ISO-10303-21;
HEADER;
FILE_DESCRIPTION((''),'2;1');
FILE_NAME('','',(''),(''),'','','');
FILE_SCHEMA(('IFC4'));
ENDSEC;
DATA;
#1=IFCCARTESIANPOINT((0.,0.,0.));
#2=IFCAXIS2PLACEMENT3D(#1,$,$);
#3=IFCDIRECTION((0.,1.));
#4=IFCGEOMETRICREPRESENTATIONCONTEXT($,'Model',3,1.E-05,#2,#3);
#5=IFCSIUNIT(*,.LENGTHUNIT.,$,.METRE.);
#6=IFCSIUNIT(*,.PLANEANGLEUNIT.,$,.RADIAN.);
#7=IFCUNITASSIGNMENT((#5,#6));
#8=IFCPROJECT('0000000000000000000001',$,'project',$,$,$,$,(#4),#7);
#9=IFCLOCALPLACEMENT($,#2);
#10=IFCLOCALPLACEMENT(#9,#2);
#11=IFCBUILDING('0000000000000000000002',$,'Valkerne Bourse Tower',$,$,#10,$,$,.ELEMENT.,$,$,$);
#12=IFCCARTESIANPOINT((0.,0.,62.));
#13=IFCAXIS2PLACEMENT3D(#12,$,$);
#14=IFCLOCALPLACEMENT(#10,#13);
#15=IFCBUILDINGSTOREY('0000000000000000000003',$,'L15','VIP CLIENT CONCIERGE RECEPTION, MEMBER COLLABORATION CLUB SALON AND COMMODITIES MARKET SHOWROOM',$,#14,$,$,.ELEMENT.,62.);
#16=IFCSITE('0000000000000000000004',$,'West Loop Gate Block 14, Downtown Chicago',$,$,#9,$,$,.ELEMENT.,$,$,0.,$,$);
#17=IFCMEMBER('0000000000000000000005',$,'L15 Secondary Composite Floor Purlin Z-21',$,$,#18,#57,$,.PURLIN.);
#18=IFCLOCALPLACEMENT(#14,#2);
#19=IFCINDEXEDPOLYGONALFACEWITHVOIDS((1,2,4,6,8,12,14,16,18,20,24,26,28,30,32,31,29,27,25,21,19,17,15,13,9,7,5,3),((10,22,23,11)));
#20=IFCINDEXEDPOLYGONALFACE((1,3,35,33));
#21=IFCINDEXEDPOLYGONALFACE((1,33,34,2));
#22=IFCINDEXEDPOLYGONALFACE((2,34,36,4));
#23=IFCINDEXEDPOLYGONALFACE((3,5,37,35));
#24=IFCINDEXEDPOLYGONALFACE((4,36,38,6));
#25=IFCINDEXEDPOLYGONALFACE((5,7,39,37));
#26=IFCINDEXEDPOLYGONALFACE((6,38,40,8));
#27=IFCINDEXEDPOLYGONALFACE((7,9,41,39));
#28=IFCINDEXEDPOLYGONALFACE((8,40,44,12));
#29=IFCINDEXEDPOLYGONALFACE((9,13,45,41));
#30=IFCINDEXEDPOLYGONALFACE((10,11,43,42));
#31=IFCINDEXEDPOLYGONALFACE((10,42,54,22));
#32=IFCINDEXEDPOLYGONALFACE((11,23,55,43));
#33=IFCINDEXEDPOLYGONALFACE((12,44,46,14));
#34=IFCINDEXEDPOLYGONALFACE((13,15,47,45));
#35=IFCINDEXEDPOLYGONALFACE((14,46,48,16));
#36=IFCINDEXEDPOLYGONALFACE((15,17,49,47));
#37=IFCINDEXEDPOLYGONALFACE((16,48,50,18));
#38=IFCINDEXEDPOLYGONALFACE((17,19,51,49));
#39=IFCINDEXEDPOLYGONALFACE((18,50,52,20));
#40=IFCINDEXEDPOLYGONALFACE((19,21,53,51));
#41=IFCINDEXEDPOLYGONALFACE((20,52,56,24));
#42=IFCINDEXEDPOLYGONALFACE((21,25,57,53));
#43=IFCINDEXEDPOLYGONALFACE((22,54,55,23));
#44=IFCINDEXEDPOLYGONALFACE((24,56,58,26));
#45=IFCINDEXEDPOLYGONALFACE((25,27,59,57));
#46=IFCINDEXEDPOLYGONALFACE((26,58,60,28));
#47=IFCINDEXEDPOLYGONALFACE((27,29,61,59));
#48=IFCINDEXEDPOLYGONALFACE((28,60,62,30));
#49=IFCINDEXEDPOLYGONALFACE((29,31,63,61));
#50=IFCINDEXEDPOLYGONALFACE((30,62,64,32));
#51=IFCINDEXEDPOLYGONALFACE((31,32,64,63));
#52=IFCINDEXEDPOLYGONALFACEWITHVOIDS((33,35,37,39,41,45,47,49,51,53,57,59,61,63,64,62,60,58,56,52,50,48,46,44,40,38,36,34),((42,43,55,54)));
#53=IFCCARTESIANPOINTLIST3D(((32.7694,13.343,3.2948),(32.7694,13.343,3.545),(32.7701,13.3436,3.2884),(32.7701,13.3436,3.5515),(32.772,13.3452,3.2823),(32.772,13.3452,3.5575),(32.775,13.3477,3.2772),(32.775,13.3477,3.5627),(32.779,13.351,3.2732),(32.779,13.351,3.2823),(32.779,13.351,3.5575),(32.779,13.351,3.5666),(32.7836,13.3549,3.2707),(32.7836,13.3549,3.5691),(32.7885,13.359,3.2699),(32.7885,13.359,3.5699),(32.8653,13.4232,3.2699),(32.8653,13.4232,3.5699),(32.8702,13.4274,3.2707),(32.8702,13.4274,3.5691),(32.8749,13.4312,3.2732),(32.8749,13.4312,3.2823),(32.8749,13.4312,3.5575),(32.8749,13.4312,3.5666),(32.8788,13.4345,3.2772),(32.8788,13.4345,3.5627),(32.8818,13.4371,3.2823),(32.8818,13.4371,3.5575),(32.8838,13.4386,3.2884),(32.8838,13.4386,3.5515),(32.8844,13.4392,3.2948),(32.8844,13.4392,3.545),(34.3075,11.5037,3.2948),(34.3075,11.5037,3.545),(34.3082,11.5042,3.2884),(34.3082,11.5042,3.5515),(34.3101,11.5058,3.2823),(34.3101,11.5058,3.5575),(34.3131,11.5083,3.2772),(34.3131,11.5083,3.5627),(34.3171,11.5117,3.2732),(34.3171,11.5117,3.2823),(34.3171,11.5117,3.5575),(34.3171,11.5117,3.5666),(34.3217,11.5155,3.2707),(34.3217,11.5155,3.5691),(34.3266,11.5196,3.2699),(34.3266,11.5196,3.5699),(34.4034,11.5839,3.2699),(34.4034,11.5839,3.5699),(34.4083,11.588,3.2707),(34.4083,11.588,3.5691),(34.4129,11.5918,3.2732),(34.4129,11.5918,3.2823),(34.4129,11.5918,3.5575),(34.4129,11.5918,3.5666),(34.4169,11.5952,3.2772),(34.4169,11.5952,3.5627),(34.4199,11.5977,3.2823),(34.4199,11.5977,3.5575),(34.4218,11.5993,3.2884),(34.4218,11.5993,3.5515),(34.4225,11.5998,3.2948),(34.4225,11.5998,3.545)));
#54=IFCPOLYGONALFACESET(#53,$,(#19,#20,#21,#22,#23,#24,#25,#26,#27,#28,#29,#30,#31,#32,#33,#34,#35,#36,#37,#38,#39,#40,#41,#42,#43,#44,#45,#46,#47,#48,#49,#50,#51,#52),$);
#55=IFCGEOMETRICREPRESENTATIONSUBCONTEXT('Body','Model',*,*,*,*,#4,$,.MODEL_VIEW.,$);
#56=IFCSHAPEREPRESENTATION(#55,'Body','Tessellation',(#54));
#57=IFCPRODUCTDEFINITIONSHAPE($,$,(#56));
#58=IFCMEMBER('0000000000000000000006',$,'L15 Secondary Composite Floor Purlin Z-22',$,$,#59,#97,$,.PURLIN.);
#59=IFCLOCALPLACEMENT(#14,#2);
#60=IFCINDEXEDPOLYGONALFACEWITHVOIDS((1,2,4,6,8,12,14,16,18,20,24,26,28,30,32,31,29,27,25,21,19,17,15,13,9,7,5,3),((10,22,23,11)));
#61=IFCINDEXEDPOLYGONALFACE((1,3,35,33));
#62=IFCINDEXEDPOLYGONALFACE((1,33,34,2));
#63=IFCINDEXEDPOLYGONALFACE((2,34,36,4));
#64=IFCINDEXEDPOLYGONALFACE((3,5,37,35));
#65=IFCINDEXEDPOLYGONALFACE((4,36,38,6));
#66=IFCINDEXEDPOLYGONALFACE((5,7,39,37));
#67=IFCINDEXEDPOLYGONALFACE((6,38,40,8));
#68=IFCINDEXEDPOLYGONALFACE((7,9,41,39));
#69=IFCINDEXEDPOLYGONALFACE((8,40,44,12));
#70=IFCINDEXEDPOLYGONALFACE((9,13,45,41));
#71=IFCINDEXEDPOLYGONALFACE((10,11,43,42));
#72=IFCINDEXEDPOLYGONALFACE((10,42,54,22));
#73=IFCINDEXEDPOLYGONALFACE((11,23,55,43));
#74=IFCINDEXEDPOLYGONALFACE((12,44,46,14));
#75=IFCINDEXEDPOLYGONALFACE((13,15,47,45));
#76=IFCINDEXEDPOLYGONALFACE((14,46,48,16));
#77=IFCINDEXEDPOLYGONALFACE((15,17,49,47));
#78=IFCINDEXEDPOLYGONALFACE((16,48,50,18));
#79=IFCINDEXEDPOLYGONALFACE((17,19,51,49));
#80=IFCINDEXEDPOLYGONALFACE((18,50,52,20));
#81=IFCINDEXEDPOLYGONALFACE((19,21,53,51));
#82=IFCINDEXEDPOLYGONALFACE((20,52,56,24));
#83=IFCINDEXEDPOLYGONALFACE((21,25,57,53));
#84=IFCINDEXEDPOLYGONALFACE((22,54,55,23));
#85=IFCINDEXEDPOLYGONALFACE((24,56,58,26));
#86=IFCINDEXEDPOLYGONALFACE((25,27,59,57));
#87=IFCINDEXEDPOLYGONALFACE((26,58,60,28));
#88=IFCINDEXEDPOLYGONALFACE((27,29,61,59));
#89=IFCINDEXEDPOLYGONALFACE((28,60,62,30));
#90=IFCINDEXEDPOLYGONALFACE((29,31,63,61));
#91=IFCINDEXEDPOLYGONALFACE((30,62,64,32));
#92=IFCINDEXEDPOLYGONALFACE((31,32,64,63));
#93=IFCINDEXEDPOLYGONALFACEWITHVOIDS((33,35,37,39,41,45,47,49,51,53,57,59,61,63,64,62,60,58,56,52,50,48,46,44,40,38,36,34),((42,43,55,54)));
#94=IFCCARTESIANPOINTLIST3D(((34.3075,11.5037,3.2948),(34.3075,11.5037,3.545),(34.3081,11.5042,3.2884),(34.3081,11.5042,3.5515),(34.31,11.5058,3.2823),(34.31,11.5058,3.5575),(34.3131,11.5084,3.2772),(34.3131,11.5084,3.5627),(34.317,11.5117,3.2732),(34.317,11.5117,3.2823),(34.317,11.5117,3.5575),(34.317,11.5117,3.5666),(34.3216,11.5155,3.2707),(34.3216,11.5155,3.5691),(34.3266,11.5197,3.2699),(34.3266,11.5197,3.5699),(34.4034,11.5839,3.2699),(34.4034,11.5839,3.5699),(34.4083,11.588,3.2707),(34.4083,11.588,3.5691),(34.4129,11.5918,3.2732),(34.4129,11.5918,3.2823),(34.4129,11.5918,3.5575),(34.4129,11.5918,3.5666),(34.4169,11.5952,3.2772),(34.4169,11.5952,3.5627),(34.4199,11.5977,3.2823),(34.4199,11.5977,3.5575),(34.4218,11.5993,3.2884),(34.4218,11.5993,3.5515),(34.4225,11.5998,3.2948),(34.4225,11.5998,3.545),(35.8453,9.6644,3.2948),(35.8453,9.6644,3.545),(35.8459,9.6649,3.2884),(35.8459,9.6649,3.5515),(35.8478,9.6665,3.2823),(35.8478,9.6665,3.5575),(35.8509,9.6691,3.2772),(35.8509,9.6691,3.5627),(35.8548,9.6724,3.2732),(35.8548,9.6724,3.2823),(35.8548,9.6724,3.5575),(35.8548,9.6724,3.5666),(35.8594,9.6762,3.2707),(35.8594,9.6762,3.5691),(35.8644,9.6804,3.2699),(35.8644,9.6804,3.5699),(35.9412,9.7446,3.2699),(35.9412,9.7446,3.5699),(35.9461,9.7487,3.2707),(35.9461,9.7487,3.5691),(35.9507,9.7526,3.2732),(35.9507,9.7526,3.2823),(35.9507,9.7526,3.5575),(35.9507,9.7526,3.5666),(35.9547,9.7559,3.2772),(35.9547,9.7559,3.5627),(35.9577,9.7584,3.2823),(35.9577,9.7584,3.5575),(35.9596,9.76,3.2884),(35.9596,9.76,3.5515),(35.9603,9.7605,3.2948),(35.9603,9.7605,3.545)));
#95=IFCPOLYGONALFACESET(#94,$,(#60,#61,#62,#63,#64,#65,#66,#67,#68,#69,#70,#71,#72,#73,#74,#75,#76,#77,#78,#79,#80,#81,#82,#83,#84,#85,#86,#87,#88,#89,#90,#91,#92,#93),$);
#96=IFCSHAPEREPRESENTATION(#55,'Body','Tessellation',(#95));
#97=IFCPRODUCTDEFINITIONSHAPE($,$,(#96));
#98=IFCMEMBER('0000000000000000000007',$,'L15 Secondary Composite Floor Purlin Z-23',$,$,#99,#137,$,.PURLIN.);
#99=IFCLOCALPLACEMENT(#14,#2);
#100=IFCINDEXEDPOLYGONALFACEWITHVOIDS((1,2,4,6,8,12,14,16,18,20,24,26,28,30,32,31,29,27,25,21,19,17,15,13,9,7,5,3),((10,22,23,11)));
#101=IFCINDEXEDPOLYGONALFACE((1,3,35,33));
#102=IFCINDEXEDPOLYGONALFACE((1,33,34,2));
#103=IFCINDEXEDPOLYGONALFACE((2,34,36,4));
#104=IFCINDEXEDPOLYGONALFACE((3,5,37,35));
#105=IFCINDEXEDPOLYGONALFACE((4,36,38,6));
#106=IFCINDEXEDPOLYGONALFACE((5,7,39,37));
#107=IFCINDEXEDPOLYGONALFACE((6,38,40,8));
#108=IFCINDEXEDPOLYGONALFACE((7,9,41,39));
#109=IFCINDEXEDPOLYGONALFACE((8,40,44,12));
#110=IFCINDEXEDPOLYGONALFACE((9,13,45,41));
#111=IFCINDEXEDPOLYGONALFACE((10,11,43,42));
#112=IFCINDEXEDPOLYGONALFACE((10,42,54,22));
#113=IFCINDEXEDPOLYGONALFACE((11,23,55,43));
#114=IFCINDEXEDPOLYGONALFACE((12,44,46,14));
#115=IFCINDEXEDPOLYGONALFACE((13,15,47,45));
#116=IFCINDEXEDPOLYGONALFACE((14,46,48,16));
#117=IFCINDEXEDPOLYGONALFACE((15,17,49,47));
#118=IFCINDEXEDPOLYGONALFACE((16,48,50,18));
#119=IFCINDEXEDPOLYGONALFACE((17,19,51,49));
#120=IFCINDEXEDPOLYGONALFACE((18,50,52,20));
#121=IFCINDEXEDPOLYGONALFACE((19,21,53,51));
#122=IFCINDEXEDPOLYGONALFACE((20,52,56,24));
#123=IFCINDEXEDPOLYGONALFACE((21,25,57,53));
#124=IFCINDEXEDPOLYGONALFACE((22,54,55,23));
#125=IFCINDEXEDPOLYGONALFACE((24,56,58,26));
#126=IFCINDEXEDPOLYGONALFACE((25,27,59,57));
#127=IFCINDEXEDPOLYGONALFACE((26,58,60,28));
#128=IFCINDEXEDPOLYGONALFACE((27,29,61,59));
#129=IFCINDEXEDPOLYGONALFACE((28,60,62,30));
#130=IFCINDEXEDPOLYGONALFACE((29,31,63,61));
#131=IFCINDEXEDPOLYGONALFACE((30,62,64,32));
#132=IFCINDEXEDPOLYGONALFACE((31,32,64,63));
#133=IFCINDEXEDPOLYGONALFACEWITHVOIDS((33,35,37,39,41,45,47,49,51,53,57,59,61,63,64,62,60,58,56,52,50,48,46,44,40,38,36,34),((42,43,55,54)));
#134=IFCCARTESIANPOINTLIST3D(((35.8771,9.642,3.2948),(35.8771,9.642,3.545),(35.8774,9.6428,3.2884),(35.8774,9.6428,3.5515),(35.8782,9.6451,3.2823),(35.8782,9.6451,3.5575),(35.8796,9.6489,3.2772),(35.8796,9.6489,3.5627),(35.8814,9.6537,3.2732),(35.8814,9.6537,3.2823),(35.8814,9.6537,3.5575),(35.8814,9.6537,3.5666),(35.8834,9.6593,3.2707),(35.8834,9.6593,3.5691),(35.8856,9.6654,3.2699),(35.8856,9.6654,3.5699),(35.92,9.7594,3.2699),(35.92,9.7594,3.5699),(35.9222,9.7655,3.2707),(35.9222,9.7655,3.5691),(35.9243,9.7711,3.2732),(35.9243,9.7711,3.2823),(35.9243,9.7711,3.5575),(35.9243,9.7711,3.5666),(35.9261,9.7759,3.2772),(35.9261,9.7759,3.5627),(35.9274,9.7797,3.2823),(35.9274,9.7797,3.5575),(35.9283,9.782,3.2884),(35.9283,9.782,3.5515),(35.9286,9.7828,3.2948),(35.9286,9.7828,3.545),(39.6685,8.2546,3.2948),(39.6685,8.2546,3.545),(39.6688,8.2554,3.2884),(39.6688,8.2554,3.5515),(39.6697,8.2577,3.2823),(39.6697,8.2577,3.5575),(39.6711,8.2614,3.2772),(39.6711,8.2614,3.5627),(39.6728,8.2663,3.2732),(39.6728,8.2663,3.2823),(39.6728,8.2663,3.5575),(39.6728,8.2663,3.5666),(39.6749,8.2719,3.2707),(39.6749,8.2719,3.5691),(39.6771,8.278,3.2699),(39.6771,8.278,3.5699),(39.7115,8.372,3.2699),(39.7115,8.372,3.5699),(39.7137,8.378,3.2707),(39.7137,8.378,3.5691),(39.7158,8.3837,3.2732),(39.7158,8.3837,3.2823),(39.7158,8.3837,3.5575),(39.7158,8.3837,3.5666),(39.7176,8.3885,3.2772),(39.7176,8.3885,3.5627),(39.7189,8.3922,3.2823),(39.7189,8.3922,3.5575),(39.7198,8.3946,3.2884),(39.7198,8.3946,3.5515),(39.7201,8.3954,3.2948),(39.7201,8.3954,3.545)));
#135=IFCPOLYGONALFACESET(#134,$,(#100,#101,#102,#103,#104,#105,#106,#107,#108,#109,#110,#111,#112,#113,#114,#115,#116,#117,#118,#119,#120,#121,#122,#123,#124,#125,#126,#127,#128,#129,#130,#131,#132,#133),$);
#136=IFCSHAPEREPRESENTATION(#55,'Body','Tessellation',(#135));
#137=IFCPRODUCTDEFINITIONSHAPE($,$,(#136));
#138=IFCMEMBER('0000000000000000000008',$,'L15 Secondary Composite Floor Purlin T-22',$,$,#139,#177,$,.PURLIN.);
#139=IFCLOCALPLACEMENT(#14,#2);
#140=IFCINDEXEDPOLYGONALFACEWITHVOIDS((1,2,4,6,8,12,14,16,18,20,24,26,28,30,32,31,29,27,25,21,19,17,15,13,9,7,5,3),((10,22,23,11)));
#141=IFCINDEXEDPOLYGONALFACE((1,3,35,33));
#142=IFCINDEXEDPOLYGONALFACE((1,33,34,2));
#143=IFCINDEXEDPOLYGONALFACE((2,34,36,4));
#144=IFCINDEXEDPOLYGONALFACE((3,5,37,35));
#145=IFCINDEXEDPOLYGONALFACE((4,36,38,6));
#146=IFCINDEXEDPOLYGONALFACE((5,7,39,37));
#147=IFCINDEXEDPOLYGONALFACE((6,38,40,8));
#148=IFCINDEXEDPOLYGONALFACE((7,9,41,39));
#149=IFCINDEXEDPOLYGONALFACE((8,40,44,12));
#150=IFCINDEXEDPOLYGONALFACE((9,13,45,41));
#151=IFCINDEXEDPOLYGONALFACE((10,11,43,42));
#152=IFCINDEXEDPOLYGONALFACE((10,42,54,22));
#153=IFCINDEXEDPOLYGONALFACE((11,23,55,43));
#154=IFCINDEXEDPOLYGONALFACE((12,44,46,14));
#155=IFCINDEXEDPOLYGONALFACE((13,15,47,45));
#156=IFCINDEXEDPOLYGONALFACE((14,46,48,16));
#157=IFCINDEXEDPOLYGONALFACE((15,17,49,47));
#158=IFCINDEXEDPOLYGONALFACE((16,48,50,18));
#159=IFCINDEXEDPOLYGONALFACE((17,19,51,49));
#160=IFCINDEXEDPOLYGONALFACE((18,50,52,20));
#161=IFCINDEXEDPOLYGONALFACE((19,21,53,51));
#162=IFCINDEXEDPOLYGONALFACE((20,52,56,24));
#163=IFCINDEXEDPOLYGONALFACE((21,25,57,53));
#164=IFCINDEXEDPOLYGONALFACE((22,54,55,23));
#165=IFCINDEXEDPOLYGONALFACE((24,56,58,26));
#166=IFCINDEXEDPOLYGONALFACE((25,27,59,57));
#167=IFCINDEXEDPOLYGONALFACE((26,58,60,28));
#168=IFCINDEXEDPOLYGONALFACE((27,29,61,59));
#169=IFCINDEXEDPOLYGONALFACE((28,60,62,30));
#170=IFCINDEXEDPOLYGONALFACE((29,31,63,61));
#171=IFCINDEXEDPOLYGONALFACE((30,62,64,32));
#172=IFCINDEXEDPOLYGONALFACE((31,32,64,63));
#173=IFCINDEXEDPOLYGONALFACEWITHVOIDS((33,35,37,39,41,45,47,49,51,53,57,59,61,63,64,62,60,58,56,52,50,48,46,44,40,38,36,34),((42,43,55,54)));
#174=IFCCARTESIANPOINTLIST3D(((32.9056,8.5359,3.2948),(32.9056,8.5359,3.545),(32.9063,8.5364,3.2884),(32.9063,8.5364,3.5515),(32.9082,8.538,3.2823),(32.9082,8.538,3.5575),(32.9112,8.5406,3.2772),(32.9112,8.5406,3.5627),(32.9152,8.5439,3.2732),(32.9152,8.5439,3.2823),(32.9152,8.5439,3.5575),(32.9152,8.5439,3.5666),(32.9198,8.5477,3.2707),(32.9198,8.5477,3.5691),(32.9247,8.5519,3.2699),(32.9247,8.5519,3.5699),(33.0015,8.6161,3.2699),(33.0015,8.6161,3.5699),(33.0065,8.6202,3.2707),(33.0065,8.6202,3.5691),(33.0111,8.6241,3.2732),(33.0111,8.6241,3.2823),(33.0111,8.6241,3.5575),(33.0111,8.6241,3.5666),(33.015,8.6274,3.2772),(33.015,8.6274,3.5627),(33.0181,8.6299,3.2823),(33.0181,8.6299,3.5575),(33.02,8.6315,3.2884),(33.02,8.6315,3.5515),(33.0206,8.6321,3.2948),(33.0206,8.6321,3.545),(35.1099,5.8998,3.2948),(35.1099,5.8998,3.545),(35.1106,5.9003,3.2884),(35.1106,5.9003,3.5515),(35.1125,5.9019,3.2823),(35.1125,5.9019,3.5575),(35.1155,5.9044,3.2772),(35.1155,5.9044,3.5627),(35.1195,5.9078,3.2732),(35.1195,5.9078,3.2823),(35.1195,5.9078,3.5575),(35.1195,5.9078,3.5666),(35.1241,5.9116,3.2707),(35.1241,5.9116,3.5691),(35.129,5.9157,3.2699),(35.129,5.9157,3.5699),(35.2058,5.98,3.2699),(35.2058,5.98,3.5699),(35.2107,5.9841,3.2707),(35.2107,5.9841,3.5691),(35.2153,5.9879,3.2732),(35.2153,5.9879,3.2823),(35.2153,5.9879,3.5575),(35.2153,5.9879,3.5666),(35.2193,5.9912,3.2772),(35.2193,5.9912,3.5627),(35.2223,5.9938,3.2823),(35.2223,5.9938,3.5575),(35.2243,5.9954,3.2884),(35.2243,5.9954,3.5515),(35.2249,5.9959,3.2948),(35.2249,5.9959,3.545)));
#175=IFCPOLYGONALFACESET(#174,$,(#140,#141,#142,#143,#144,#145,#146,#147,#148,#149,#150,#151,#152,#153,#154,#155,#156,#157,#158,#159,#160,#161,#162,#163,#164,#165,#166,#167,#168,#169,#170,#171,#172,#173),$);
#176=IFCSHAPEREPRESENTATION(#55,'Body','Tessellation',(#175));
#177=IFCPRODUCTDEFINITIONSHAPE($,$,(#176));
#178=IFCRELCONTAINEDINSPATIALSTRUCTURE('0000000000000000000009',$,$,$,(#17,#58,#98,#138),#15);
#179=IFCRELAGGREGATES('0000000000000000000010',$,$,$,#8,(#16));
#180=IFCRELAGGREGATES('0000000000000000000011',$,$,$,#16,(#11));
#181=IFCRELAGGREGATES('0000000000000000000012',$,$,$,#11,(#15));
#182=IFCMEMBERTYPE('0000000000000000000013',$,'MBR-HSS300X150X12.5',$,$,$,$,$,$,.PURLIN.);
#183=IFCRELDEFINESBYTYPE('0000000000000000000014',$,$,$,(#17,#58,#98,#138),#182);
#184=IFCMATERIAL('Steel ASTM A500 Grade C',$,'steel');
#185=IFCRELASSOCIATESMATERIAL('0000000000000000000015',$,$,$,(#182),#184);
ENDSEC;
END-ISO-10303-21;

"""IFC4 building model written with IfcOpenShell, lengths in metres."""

from ifc_helpers import new_model, si_unit, direction, frame, origin, origin_2d, place, context, subcontext, project, spatial, hollow_rectangle, extrude, material, material_profile, profile_set, type_object, element, save


model = new_model("IFC4")

# Units and contexts
model_context = context("Model", 3, precision=1e-05, world=origin(), true_north=direction((0.0, 1.0)))
body_context = subcontext(model_context, "Body", "Model", "MODEL_VIEW")
ifc_project = project(units=[si_unit("LENGTHUNIT", "METRE"), si_unit("PLANEANGLEUNIT", "RADIAN")], contexts=[model_context])

# Site, building, storey
site_placement = place(None, origin())
site = spatial("IfcSite", under=ifc_project, at=site_placement, Name="West Loop Gate Block 14, Downtown Chicago", CompositionType="ELEMENT", RefElevation=0.0)
building_placement = place(site_placement, origin())
building = spatial("IfcBuilding", under=site, at=building_placement, Name="Valkerne Bourse Tower", CompositionType="ELEMENT")
storey_placement = place(building_placement, frame((0.0, 0.0, 62.0)))
storey = spatial("IfcBuildingStorey", under=building, at=storey_placement, Name="L15", Description="VIP CLIENT CONCIERGE RECEPTION, MEMBER COLLABORATION CLUB SALON AND COMMODITIES MARKET SHOWROOM", CompositionType="ELEMENT", Elevation=62.0)

# Members
ifc_material_1 = material(Name="Steel ASTM A500 Grade C", Category="steel")
ifc_material_profile_1 = material_profile(ifc_material_1, hollow_rectangle(XDim=0.1499, YDim=0.3, WallThickness=0.0125, OuterFilletRadius=0.0249, at=origin_2d()), Name="HSS300X150X12.5")
ifc_profile_set_1 = profile_set([ifc_material_profile_1], Name="Steel ASTM A500 Grade C")
member_type_1 = type_object("IfcMemberType", Name="MBR-HSS300X150X12.5", PredefinedType="PURLIN", material=ifc_profile_set_1)
member_1_placement = place(storey_placement, frame((32.8269, 13.3911, 3.4199), z_axis=(0.641485, -0.767135, 0.0), x_axis=(0.767135, 0.641485, 0.0)))
element("IfcMember", 1, at=member_1_placement, inside=storey, type_object=member_type_1, Name="L15 Secondary Composite Floor Purlin Z-21", PredefinedType="PURLIN", context=body_context, shape_type="SweptSolid", body=[
    extrude(hollow_rectangle(XDim=0.1499, YDim=0.3, WallThickness=0.0125, OuterFilletRadius=0.0249, at=origin_2d()), origin(), (0.0, 0.0, 1.0), 2.3977),
])
member_2_placement = place(storey_placement, frame((34.365, 11.5518, 3.4199), z_axis=(0.641426, -0.767185, 0.0), x_axis=(0.767185, 0.641426, 0.0)))
element("IfcMember", 2, at=member_2_placement, inside=storey, type_object=member_type_1, Name="L15 Secondary Composite Floor Purlin Z-22", PredefinedType="PURLIN", context=body_context, shape_type="SweptSolid", body=[
    extrude(hollow_rectangle(XDim=0.1499, YDim=0.3, WallThickness=0.0125, OuterFilletRadius=0.0249, at=origin_2d()), origin(), (0.0, 0.0, 1.0), 2.3975),
])
member_3_placement = place(storey_placement, frame((35.9028, 9.7124, 3.4199), z_axis=(0.939098, -0.34365, 0.0), x_axis=(0.34365, 0.939098, 0.0)))
element("IfcMember", 3, at=member_3_placement, inside=storey, type_object=member_type_1, Name="L15 Secondary Composite Floor Purlin Z-23", PredefinedType="PURLIN", context=body_context, shape_type="SweptSolid", body=[
    extrude(hollow_rectangle(XDim=0.1499, YDim=0.3, WallThickness=0.0125, OuterFilletRadius=0.0249, at=origin_2d()), origin(), (0.0, 0.0, 1.0), 4.0374),
])
member_4_placement = place(storey_placement, frame((32.9631, 8.584, 3.4199), z_axis=(0.641469, -0.767149, 0.0), x_axis=(0.767149, 0.641469, 0.0)))
element("IfcMember", 4, at=member_4_placement, inside=storey, type_object=member_type_1, Name="L15 Secondary Composite Floor Purlin T-22", PredefinedType="PURLIN", context=body_context, shape_type="SweptSolid", body=[
    extrude(hollow_rectangle(XDim=0.1499, YDim=0.3, WallThickness=0.0125, OuterFilletRadius=0.0249, at=origin_2d()), origin(), (0.0, 0.0, 1.0), 3.4363),
])

save(model, "model.ifc")
